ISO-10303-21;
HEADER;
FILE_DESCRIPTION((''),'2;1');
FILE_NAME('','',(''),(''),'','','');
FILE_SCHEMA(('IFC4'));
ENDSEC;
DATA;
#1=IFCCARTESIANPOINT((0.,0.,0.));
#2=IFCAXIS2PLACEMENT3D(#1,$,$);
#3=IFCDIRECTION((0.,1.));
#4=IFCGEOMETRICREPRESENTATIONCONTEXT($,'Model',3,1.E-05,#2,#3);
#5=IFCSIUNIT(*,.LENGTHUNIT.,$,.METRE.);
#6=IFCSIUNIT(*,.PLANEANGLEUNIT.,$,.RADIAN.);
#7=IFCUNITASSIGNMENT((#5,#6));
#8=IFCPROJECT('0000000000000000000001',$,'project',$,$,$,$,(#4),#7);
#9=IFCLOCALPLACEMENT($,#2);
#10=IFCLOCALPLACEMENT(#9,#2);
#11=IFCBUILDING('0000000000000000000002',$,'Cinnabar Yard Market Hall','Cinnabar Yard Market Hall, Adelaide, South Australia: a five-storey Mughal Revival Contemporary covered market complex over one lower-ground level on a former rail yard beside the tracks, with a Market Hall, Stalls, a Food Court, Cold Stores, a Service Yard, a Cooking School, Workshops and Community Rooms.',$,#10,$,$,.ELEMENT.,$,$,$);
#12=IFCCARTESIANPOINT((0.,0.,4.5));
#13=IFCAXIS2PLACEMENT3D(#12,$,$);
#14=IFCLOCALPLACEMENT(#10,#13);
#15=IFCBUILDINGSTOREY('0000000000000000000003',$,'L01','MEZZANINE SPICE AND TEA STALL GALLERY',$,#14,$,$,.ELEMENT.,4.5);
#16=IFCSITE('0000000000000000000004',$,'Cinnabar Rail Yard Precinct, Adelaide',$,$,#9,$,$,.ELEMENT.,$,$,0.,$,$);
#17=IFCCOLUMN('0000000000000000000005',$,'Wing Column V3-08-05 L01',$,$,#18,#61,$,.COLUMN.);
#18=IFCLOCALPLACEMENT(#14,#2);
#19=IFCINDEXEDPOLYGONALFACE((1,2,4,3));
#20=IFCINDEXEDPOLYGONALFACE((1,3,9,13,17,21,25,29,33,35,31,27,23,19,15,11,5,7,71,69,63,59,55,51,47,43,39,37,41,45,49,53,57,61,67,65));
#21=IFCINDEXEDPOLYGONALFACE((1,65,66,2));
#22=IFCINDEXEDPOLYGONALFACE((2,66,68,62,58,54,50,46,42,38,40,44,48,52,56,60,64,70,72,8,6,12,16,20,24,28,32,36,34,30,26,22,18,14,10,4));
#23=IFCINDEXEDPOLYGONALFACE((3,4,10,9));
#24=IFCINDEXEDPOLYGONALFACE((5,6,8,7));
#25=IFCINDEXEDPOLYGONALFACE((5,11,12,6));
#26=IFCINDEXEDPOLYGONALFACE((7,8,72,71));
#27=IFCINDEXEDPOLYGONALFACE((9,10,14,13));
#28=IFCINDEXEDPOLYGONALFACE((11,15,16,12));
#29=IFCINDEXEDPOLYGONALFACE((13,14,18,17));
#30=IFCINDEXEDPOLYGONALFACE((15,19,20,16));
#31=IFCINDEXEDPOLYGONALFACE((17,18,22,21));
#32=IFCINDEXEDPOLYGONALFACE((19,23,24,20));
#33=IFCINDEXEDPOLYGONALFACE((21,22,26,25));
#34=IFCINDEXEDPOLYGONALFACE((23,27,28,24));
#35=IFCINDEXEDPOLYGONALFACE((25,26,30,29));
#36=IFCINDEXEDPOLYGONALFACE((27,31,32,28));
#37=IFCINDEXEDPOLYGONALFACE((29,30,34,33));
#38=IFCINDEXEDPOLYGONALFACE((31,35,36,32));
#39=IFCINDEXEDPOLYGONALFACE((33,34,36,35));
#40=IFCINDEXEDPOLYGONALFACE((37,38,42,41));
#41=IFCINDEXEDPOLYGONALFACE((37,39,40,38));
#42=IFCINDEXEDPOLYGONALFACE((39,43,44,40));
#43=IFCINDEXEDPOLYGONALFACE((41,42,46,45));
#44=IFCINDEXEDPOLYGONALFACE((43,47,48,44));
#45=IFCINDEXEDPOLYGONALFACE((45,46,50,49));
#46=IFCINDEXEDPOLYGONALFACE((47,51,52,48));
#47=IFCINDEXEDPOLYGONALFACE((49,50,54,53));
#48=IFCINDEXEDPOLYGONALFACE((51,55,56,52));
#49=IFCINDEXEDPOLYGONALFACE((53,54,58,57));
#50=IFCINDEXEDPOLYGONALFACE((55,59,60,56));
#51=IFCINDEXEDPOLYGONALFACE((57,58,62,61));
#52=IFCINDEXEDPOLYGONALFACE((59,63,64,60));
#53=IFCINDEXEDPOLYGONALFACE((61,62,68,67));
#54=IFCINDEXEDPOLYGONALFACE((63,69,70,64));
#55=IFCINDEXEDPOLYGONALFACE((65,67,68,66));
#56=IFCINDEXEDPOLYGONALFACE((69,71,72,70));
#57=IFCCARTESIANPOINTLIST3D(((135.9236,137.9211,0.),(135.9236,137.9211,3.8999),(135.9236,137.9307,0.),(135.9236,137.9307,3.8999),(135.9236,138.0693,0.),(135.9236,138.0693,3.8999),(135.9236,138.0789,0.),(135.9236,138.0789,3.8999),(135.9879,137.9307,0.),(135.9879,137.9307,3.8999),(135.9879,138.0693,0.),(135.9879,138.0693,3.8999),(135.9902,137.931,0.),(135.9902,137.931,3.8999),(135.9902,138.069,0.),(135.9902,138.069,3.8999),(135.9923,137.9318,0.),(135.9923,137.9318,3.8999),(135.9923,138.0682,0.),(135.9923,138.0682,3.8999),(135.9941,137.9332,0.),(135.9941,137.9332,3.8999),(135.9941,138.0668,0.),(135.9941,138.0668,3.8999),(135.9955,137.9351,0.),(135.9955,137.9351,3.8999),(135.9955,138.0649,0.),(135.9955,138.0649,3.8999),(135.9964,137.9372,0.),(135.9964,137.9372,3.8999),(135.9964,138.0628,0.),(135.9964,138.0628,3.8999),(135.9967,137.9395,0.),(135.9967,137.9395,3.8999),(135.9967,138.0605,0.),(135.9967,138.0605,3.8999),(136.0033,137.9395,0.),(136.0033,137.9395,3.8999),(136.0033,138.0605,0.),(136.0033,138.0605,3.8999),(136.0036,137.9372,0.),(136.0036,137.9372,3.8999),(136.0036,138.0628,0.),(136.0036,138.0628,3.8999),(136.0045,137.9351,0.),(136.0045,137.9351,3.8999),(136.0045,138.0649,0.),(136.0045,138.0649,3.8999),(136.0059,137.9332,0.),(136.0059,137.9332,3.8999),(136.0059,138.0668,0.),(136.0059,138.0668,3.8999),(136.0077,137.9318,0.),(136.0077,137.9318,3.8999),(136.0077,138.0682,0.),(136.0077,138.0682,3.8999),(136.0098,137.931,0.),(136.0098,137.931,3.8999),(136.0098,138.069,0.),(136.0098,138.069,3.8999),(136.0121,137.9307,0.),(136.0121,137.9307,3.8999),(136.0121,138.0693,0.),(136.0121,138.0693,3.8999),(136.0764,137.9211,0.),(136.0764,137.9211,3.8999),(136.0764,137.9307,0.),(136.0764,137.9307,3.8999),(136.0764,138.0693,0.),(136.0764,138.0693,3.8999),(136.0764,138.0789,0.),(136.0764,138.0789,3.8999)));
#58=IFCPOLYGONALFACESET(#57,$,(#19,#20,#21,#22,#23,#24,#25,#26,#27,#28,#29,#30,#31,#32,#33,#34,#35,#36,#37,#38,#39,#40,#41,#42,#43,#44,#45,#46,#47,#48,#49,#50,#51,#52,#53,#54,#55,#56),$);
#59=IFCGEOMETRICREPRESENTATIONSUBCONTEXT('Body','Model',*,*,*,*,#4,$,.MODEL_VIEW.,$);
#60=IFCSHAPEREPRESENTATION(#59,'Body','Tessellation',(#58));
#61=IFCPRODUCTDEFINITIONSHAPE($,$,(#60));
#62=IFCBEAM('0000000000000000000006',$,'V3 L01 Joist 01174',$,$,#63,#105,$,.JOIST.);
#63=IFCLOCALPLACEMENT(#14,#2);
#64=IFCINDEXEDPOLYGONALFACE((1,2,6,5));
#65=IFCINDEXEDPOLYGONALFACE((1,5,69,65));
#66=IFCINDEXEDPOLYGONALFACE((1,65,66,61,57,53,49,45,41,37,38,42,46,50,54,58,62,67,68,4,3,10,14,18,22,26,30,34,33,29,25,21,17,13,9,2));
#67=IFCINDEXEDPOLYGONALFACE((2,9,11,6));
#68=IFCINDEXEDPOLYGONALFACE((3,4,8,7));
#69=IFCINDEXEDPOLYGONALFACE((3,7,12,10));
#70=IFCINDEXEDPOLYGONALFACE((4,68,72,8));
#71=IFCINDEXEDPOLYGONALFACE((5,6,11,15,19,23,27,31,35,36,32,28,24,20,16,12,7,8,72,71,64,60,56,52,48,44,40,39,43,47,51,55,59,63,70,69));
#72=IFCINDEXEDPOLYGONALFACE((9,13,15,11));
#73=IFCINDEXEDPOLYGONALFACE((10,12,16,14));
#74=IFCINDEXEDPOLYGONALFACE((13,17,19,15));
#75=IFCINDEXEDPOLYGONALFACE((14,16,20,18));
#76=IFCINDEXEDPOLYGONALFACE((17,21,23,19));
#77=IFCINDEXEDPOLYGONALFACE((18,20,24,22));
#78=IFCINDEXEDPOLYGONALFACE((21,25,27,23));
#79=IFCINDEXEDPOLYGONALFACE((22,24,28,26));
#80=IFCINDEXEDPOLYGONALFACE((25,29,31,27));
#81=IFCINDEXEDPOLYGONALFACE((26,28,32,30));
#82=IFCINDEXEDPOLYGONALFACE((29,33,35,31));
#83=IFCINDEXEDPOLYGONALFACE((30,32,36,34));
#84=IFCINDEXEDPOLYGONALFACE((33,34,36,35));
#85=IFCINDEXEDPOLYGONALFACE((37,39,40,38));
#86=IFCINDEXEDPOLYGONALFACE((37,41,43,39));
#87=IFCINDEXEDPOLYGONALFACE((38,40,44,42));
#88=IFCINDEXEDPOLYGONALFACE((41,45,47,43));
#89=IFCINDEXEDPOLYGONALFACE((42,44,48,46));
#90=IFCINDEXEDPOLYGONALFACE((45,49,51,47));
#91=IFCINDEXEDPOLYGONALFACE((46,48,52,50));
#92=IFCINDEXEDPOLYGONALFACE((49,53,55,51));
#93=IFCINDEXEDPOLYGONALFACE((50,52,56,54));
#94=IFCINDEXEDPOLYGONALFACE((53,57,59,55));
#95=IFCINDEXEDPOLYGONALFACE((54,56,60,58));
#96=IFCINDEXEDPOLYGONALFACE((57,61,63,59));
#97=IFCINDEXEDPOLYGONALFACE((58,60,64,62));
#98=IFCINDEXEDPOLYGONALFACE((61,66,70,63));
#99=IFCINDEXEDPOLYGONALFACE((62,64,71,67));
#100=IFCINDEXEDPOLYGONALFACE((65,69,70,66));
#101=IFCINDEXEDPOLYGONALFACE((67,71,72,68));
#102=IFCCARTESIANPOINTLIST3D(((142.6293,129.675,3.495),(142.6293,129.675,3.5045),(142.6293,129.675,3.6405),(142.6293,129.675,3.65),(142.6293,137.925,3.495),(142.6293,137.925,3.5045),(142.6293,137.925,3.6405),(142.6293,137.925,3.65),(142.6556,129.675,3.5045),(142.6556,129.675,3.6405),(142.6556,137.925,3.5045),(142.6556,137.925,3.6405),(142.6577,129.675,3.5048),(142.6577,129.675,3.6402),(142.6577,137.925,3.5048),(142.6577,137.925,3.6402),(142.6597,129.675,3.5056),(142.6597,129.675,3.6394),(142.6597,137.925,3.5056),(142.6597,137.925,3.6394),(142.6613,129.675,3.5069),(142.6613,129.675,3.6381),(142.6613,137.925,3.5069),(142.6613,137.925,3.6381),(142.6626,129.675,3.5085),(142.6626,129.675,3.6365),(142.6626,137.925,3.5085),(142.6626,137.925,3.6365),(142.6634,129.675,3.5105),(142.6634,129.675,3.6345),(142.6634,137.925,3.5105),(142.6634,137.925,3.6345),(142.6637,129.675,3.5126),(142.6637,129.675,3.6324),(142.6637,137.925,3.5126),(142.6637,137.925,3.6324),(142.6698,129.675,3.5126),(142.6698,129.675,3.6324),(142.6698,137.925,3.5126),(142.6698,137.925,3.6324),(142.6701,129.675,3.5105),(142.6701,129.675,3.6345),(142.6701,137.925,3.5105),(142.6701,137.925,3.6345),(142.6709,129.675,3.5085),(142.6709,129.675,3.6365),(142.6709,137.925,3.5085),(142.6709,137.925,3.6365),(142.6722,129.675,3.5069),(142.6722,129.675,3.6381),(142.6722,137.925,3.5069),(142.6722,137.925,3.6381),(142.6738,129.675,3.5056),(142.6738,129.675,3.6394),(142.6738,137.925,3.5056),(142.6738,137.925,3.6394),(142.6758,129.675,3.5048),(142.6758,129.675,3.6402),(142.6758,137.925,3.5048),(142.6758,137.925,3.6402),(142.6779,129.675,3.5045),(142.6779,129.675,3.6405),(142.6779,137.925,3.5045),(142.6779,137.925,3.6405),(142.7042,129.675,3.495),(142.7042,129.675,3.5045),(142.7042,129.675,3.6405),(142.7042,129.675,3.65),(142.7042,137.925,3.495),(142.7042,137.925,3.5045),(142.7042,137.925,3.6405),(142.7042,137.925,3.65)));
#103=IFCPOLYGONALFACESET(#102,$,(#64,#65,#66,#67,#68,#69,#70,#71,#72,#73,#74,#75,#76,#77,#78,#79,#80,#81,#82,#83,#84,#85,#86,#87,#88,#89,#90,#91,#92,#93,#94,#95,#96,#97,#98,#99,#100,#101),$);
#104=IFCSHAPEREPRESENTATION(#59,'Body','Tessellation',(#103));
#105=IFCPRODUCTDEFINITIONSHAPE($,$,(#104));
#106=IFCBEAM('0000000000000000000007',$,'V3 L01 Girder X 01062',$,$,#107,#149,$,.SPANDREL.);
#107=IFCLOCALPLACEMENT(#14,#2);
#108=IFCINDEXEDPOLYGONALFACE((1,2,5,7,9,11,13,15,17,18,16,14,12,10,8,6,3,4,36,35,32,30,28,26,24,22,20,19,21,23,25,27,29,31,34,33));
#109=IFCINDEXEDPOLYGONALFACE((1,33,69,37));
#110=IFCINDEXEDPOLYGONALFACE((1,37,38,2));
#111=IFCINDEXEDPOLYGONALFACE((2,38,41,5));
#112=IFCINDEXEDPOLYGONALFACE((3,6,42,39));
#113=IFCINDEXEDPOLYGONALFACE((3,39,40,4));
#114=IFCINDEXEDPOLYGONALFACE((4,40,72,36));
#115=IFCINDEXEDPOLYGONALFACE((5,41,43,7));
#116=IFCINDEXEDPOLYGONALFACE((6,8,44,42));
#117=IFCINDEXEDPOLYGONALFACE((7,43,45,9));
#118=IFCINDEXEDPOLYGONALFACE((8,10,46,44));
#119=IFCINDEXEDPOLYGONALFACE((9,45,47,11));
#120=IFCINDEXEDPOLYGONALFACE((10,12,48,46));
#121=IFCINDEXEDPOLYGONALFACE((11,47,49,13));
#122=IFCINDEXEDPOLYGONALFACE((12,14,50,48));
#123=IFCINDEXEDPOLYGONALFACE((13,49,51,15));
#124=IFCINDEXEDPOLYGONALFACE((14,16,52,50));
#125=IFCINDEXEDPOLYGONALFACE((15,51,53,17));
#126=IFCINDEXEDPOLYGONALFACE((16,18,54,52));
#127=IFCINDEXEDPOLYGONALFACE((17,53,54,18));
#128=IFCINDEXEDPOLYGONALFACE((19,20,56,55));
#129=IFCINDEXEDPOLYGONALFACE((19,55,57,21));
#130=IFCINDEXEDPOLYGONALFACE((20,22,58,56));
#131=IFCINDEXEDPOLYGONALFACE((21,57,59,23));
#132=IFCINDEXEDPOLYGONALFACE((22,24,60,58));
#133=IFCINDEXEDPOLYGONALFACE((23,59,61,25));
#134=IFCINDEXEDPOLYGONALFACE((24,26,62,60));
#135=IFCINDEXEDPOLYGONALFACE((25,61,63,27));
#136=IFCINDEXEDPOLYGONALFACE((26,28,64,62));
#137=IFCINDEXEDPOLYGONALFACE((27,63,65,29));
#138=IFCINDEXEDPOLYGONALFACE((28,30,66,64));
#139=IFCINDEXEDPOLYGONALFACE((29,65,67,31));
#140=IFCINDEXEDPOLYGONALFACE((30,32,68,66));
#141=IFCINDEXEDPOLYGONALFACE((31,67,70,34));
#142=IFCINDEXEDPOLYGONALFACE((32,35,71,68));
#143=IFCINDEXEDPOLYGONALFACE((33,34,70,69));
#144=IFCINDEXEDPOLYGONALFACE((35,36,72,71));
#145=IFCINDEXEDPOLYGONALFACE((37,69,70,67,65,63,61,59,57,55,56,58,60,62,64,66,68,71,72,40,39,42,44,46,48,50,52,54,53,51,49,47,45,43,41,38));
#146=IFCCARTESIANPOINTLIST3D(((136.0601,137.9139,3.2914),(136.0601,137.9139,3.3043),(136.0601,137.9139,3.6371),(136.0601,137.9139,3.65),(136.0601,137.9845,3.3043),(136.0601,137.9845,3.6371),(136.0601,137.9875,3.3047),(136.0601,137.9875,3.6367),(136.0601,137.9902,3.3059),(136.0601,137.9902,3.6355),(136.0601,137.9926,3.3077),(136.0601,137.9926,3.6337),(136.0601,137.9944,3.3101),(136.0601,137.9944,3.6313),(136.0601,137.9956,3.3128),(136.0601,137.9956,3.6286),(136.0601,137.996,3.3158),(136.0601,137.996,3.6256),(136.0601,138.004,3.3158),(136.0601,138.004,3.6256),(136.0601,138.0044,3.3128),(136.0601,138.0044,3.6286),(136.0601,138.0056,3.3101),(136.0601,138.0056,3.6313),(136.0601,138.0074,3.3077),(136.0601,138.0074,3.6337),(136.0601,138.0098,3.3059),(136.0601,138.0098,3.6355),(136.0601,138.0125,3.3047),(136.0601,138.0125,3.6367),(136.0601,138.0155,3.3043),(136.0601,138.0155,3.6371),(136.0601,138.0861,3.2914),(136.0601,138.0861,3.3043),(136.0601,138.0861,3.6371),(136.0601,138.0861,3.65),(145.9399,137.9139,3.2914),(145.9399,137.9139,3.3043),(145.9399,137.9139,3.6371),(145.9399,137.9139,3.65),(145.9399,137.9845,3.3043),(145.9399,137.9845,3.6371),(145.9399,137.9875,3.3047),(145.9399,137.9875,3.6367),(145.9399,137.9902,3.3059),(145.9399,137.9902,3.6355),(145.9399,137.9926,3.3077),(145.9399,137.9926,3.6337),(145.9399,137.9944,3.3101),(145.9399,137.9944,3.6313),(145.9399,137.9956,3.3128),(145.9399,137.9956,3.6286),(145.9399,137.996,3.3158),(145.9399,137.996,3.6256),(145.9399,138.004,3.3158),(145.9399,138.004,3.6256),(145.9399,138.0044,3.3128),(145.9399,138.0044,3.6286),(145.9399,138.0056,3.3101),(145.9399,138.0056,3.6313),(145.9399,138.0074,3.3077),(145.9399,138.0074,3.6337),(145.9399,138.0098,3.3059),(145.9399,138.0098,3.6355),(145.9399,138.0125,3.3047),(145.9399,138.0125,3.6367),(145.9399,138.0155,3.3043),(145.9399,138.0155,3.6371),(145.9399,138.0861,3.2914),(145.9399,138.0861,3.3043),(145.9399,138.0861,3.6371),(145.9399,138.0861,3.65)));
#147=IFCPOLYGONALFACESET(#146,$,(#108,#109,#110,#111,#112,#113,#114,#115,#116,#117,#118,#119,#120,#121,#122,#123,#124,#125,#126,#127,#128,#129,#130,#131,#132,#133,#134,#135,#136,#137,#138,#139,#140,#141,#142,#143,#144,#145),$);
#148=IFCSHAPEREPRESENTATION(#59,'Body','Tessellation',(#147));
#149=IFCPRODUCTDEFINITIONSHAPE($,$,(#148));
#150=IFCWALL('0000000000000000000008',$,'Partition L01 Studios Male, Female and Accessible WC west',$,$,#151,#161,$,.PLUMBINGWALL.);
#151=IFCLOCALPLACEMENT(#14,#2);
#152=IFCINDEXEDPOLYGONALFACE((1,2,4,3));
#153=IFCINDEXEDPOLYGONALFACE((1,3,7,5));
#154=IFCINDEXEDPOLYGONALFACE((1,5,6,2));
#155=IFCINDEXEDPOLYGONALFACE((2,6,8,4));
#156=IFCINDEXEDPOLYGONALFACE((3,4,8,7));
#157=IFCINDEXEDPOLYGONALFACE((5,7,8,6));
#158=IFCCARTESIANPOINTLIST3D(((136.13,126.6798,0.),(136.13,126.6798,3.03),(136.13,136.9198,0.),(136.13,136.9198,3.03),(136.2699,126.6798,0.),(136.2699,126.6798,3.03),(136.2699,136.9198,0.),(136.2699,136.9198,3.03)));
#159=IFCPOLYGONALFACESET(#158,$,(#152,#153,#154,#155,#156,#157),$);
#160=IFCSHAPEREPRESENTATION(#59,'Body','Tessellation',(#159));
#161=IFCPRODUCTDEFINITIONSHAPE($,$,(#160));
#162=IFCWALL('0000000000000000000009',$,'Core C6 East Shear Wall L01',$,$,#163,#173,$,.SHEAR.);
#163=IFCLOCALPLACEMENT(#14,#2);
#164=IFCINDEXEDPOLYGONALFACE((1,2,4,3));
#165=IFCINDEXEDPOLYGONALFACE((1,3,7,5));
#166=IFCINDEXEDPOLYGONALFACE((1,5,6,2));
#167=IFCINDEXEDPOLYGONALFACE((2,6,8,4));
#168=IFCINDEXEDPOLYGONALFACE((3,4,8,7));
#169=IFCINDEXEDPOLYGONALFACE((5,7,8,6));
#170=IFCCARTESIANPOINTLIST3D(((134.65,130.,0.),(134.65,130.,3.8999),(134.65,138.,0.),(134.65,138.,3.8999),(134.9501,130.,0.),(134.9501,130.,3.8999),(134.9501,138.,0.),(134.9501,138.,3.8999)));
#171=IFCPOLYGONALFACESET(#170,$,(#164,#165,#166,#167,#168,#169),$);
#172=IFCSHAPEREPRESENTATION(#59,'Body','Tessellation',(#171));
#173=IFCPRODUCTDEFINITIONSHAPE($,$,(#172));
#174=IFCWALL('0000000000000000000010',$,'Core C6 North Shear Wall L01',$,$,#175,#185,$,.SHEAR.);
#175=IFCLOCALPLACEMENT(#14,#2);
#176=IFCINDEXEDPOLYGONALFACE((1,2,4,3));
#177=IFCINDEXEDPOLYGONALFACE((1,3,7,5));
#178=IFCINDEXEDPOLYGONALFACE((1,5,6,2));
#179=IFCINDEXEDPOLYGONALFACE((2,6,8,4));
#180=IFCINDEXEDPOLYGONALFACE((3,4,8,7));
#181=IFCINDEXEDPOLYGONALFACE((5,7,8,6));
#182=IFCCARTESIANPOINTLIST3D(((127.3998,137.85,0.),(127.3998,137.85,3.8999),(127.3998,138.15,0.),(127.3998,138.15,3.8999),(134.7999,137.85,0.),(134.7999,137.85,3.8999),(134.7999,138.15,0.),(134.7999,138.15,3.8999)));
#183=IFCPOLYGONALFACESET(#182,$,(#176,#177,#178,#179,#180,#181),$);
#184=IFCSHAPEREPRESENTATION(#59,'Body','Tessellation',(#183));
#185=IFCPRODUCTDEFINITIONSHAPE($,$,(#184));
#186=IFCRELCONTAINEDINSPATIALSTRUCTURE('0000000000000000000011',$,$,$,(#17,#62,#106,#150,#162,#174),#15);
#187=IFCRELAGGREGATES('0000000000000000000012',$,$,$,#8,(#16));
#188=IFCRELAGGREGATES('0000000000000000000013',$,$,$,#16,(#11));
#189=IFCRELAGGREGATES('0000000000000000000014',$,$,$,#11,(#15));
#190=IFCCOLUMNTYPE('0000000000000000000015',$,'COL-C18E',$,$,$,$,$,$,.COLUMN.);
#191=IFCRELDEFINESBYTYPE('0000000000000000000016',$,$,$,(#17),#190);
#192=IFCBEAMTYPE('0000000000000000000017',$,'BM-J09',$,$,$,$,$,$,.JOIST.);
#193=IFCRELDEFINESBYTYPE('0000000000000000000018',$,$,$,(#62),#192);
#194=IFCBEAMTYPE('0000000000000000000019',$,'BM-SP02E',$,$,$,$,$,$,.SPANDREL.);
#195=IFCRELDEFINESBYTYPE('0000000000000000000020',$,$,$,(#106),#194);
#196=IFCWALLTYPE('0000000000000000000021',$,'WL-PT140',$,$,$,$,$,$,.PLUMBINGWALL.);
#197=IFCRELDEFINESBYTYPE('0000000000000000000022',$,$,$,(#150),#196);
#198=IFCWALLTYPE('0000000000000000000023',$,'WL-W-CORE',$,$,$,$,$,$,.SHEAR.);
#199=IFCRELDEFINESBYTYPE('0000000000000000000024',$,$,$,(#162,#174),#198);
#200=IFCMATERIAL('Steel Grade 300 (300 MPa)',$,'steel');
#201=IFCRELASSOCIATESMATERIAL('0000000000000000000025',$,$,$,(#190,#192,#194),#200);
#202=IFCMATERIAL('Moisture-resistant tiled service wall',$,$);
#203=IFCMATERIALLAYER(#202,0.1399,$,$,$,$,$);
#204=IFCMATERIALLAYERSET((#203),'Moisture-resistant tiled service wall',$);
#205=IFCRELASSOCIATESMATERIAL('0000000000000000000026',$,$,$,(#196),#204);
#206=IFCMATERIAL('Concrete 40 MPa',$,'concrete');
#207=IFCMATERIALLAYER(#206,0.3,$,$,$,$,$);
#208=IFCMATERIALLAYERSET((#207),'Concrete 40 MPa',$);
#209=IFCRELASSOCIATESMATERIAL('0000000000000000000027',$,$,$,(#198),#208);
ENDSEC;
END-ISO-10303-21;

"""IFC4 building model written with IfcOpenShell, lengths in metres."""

from ifc_helpers import new_model, si_unit, direction, frame, frame_2d, origin, origin_2d_with_axis, place, context, subcontext, project, spatial, rectangle, i_section, extrude, material, layer, layer_set, material_profile, profile_set, type_object, element, save


model = new_model("IFC4")

# Units and contexts
model_context = context("Model", 3, precision=1e-05, world=origin(), true_north=direction((0.0, 1.0)))
body_context = subcontext(model_context, "Body", "Model", "MODEL_VIEW")
ifc_project = project(units=[si_unit("LENGTHUNIT", "METRE"), si_unit("PLANEANGLEUNIT", "RADIAN")], contexts=[model_context])

# Site, building, storey
site_placement = place(None, origin())
site = spatial("IfcSite", under=ifc_project, at=site_placement, Name="Cinnabar Rail Yard Precinct, Adelaide", CompositionType="ELEMENT", RefElevation=0.0)
building_placement = place(site_placement, origin())
building = spatial("IfcBuilding", under=site, at=building_placement, Name="Cinnabar Yard Market Hall", Description="Cinnabar Yard Market Hall, Adelaide, South Australia: a five-storey Mughal Revival Contemporary covered market complex over one lower-ground level on a former rail yard beside the tracks, with a Market Hall, Stalls, a Food Court, Cold Stores, a Service Yard, a Cooking School, Workshops and Community Rooms.", CompositionType="ELEMENT")
storey_placement = place(building_placement, frame((0.0, 0.0, 4.5)))
storey = spatial("IfcBuildingStorey", under=building, at=storey_placement, Name="L01", Description="MEZZANINE SPICE AND TEA STALL GALLERY", CompositionType="ELEMENT", Elevation=4.5)

# Column
ifc_material_1 = material(Name="Steel Grade 300 (300 MPa)", Category="steel")
ifc_material_profile_1 = material_profile(ifc_material_1, i_section(OverallWidth=0.1528, OverallDepth=0.1577, WebThickness=0.0066, FlangeThickness=0.0095, FilletRadius=0.0088, at=origin_2d_with_axis()), Name="150UC30.0")
ifc_profile_set_1 = profile_set([ifc_material_profile_1], Name="Steel Grade 300 (300 MPa)")
column_type = type_object("IfcColumnType", Name="COL-C18E", PredefinedType="COLUMN", material=ifc_profile_set_1)
column_placement = place(storey_placement, frame((136.0, 138.0, 0.0), z_axis=(0.0, 0.0, 1.0), x_axis=(1.0, 0.0, 0.0)))
element("IfcColumn", 1, at=column_placement, inside=storey, type_object=column_type, Name="Wing Column V3-08-05 L01", PredefinedType="COLUMN", context=body_context, shape_type="SweptSolid", body=[
    extrude(i_section(OverallWidth=0.1528, OverallDepth=0.1577, WebThickness=0.0066, FlangeThickness=0.0095, FilletRadius=0.0088, at=origin_2d_with_axis()), origin(), (0.0, 0.0, 1.0), 3.8999),
])

# Beams
ifc_material_profile_2 = material_profile(ifc_material_1, i_section(OverallWidth=0.075, OverallDepth=0.155, WebThickness=0.0061, FlangeThickness=0.0095, FilletRadius=0.0081, at=origin_2d_with_axis()), Name="150UB18.0")
ifc_profile_set_2 = profile_set([ifc_material_profile_2], Name="Steel Grade 300 (300 MPa)")
beam_type_1 = type_object("IfcBeamType", Name="BM-J09", PredefinedType="JOIST", material=ifc_profile_set_2)
beam_1_placement = place(storey_placement, frame((142.6667, 129.675, 3.5725), z_axis=(0.0, 1.0, 0.0), x_axis=(-1.0, 0.0, 0.0)))
element("IfcBeam", 2, at=beam_1_placement, inside=storey, type_object=beam_type_1, Name="V3 L01 Joist 01174", PredefinedType="JOIST", context=body_context, shape_type="SweptSolid", body=[
    extrude(i_section(OverallWidth=0.075, OverallDepth=0.155, WebThickness=0.0061, FlangeThickness=0.0095, FilletRadius=0.0081, at=origin_2d_with_axis()), origin(), (0.0, 0.0, 1.0), 8.25),
])
ifc_material_profile_3 = material_profile(ifc_material_1, i_section(OverallWidth=0.1721, OverallDepth=0.3586, WebThickness=0.0081, FlangeThickness=0.0129, FilletRadius=0.0115, at=origin_2d_with_axis()), Name="360UB56.7")
ifc_profile_set_3 = profile_set([ifc_material_profile_3], Name="Steel Grade 300 (300 MPa)")
beam_type_2 = type_object("IfcBeamType", Name="BM-SP02E", PredefinedType="SPANDREL", material=ifc_profile_set_3)
beam_2_placement = place(storey_placement, frame((136.0601, 138.0, 3.4707), z_axis=(1.0, 0.0, 0.0), x_axis=(0.0, 1.0, 0.0)))
element("IfcBeam", 3, at=beam_2_placement, inside=storey, type_object=beam_type_2, Name="V3 L01 Girder X 01062", PredefinedType="SPANDREL", context=body_context, shape_type="SweptSolid", body=[
    extrude(i_section(OverallWidth=0.1721, OverallDepth=0.3586, WebThickness=0.0081, FlangeThickness=0.0129, FilletRadius=0.0115, at=origin_2d_with_axis()), origin(), (0.0, 0.0, 1.0), 9.8799),
])

# Walls
ifc_material_2 = material(Name="Moisture-resistant tiled service wall")
ifc_layer_1 = layer(ifc_material_2, 0.1399)
ifc_layer_set_1 = layer_set([ifc_layer_1], Name="Moisture-resistant tiled service wall")
wall_type_1 = type_object("IfcWallType", Name="WL-PT140", PredefinedType="PLUMBINGWALL", material=ifc_layer_set_1)
wall_1_placement = place(storey_placement, frame((136.2, 136.9199, 0.0), z_axis=(0.0, 0.0, 1.0), x_axis=(0.0, -1.0, 0.0)))
element("IfcWall", 4, at=wall_1_placement, inside=storey, type_object=wall_type_1, Name="Partition L01 Studios Male, Female and Accessible WC west", PredefinedType="PLUMBINGWALL", context=body_context, shape_type="SweptSolid", body=[
    extrude(rectangle(XDim=10.24, YDim=0.1399, at=frame_2d((5.1201, 0.0), x_axis=(1.0, 0.0))), origin(), (0.0, 0.0, 1.0), 3.03),
])
ifc_material_3 = material(Name="Concrete 40 MPa", Category="concrete")
ifc_layer_2 = layer(ifc_material_3, 0.3)
ifc_layer_set_2 = layer_set([ifc_layer_2], Name="Concrete 40 MPa")
wall_type_2 = type_object("IfcWallType", Name="WL-W-CORE", PredefinedType="SHEAR", material=ifc_layer_set_2)
wall_2_placement = place(storey_placement, frame((134.8, 130.0, 0.0), z_axis=(0.0, 0.0, 1.0), x_axis=(0.0, 1.0, 0.0)))
element("IfcWall", 5, at=wall_2_placement, inside=storey, type_object=wall_type_2, Name="Core C6 East Shear Wall L01", PredefinedType="SHEAR", context=body_context, shape_type="SweptSolid", body=[
    extrude(rectangle(XDim=8.0, YDim=0.3, at=frame_2d((4.0, 0.0), x_axis=(1.0, 0.0))), origin(), (0.0, 0.0, 1.0), 3.8999),
])
wall_3_placement = place(storey_placement, frame((134.8, 138.0, 0.0), z_axis=(0.0, 0.0, 1.0), x_axis=(-1.0, 0.0, 0.0)))
element("IfcWall", 6, at=wall_3_placement, inside=storey, type_object=wall_type_2, Name="Core C6 North Shear Wall L01", PredefinedType="SHEAR", context=body_context, shape_type="SweptSolid", body=[
    extrude(rectangle(XDim=7.4001, YDim=0.3, at=frame_2d((3.7002, 0.0), x_axis=(1.0, 0.0))), origin(), (0.0, 0.0, 1.0), 3.8999),
])

save(model, "model.ifc")
